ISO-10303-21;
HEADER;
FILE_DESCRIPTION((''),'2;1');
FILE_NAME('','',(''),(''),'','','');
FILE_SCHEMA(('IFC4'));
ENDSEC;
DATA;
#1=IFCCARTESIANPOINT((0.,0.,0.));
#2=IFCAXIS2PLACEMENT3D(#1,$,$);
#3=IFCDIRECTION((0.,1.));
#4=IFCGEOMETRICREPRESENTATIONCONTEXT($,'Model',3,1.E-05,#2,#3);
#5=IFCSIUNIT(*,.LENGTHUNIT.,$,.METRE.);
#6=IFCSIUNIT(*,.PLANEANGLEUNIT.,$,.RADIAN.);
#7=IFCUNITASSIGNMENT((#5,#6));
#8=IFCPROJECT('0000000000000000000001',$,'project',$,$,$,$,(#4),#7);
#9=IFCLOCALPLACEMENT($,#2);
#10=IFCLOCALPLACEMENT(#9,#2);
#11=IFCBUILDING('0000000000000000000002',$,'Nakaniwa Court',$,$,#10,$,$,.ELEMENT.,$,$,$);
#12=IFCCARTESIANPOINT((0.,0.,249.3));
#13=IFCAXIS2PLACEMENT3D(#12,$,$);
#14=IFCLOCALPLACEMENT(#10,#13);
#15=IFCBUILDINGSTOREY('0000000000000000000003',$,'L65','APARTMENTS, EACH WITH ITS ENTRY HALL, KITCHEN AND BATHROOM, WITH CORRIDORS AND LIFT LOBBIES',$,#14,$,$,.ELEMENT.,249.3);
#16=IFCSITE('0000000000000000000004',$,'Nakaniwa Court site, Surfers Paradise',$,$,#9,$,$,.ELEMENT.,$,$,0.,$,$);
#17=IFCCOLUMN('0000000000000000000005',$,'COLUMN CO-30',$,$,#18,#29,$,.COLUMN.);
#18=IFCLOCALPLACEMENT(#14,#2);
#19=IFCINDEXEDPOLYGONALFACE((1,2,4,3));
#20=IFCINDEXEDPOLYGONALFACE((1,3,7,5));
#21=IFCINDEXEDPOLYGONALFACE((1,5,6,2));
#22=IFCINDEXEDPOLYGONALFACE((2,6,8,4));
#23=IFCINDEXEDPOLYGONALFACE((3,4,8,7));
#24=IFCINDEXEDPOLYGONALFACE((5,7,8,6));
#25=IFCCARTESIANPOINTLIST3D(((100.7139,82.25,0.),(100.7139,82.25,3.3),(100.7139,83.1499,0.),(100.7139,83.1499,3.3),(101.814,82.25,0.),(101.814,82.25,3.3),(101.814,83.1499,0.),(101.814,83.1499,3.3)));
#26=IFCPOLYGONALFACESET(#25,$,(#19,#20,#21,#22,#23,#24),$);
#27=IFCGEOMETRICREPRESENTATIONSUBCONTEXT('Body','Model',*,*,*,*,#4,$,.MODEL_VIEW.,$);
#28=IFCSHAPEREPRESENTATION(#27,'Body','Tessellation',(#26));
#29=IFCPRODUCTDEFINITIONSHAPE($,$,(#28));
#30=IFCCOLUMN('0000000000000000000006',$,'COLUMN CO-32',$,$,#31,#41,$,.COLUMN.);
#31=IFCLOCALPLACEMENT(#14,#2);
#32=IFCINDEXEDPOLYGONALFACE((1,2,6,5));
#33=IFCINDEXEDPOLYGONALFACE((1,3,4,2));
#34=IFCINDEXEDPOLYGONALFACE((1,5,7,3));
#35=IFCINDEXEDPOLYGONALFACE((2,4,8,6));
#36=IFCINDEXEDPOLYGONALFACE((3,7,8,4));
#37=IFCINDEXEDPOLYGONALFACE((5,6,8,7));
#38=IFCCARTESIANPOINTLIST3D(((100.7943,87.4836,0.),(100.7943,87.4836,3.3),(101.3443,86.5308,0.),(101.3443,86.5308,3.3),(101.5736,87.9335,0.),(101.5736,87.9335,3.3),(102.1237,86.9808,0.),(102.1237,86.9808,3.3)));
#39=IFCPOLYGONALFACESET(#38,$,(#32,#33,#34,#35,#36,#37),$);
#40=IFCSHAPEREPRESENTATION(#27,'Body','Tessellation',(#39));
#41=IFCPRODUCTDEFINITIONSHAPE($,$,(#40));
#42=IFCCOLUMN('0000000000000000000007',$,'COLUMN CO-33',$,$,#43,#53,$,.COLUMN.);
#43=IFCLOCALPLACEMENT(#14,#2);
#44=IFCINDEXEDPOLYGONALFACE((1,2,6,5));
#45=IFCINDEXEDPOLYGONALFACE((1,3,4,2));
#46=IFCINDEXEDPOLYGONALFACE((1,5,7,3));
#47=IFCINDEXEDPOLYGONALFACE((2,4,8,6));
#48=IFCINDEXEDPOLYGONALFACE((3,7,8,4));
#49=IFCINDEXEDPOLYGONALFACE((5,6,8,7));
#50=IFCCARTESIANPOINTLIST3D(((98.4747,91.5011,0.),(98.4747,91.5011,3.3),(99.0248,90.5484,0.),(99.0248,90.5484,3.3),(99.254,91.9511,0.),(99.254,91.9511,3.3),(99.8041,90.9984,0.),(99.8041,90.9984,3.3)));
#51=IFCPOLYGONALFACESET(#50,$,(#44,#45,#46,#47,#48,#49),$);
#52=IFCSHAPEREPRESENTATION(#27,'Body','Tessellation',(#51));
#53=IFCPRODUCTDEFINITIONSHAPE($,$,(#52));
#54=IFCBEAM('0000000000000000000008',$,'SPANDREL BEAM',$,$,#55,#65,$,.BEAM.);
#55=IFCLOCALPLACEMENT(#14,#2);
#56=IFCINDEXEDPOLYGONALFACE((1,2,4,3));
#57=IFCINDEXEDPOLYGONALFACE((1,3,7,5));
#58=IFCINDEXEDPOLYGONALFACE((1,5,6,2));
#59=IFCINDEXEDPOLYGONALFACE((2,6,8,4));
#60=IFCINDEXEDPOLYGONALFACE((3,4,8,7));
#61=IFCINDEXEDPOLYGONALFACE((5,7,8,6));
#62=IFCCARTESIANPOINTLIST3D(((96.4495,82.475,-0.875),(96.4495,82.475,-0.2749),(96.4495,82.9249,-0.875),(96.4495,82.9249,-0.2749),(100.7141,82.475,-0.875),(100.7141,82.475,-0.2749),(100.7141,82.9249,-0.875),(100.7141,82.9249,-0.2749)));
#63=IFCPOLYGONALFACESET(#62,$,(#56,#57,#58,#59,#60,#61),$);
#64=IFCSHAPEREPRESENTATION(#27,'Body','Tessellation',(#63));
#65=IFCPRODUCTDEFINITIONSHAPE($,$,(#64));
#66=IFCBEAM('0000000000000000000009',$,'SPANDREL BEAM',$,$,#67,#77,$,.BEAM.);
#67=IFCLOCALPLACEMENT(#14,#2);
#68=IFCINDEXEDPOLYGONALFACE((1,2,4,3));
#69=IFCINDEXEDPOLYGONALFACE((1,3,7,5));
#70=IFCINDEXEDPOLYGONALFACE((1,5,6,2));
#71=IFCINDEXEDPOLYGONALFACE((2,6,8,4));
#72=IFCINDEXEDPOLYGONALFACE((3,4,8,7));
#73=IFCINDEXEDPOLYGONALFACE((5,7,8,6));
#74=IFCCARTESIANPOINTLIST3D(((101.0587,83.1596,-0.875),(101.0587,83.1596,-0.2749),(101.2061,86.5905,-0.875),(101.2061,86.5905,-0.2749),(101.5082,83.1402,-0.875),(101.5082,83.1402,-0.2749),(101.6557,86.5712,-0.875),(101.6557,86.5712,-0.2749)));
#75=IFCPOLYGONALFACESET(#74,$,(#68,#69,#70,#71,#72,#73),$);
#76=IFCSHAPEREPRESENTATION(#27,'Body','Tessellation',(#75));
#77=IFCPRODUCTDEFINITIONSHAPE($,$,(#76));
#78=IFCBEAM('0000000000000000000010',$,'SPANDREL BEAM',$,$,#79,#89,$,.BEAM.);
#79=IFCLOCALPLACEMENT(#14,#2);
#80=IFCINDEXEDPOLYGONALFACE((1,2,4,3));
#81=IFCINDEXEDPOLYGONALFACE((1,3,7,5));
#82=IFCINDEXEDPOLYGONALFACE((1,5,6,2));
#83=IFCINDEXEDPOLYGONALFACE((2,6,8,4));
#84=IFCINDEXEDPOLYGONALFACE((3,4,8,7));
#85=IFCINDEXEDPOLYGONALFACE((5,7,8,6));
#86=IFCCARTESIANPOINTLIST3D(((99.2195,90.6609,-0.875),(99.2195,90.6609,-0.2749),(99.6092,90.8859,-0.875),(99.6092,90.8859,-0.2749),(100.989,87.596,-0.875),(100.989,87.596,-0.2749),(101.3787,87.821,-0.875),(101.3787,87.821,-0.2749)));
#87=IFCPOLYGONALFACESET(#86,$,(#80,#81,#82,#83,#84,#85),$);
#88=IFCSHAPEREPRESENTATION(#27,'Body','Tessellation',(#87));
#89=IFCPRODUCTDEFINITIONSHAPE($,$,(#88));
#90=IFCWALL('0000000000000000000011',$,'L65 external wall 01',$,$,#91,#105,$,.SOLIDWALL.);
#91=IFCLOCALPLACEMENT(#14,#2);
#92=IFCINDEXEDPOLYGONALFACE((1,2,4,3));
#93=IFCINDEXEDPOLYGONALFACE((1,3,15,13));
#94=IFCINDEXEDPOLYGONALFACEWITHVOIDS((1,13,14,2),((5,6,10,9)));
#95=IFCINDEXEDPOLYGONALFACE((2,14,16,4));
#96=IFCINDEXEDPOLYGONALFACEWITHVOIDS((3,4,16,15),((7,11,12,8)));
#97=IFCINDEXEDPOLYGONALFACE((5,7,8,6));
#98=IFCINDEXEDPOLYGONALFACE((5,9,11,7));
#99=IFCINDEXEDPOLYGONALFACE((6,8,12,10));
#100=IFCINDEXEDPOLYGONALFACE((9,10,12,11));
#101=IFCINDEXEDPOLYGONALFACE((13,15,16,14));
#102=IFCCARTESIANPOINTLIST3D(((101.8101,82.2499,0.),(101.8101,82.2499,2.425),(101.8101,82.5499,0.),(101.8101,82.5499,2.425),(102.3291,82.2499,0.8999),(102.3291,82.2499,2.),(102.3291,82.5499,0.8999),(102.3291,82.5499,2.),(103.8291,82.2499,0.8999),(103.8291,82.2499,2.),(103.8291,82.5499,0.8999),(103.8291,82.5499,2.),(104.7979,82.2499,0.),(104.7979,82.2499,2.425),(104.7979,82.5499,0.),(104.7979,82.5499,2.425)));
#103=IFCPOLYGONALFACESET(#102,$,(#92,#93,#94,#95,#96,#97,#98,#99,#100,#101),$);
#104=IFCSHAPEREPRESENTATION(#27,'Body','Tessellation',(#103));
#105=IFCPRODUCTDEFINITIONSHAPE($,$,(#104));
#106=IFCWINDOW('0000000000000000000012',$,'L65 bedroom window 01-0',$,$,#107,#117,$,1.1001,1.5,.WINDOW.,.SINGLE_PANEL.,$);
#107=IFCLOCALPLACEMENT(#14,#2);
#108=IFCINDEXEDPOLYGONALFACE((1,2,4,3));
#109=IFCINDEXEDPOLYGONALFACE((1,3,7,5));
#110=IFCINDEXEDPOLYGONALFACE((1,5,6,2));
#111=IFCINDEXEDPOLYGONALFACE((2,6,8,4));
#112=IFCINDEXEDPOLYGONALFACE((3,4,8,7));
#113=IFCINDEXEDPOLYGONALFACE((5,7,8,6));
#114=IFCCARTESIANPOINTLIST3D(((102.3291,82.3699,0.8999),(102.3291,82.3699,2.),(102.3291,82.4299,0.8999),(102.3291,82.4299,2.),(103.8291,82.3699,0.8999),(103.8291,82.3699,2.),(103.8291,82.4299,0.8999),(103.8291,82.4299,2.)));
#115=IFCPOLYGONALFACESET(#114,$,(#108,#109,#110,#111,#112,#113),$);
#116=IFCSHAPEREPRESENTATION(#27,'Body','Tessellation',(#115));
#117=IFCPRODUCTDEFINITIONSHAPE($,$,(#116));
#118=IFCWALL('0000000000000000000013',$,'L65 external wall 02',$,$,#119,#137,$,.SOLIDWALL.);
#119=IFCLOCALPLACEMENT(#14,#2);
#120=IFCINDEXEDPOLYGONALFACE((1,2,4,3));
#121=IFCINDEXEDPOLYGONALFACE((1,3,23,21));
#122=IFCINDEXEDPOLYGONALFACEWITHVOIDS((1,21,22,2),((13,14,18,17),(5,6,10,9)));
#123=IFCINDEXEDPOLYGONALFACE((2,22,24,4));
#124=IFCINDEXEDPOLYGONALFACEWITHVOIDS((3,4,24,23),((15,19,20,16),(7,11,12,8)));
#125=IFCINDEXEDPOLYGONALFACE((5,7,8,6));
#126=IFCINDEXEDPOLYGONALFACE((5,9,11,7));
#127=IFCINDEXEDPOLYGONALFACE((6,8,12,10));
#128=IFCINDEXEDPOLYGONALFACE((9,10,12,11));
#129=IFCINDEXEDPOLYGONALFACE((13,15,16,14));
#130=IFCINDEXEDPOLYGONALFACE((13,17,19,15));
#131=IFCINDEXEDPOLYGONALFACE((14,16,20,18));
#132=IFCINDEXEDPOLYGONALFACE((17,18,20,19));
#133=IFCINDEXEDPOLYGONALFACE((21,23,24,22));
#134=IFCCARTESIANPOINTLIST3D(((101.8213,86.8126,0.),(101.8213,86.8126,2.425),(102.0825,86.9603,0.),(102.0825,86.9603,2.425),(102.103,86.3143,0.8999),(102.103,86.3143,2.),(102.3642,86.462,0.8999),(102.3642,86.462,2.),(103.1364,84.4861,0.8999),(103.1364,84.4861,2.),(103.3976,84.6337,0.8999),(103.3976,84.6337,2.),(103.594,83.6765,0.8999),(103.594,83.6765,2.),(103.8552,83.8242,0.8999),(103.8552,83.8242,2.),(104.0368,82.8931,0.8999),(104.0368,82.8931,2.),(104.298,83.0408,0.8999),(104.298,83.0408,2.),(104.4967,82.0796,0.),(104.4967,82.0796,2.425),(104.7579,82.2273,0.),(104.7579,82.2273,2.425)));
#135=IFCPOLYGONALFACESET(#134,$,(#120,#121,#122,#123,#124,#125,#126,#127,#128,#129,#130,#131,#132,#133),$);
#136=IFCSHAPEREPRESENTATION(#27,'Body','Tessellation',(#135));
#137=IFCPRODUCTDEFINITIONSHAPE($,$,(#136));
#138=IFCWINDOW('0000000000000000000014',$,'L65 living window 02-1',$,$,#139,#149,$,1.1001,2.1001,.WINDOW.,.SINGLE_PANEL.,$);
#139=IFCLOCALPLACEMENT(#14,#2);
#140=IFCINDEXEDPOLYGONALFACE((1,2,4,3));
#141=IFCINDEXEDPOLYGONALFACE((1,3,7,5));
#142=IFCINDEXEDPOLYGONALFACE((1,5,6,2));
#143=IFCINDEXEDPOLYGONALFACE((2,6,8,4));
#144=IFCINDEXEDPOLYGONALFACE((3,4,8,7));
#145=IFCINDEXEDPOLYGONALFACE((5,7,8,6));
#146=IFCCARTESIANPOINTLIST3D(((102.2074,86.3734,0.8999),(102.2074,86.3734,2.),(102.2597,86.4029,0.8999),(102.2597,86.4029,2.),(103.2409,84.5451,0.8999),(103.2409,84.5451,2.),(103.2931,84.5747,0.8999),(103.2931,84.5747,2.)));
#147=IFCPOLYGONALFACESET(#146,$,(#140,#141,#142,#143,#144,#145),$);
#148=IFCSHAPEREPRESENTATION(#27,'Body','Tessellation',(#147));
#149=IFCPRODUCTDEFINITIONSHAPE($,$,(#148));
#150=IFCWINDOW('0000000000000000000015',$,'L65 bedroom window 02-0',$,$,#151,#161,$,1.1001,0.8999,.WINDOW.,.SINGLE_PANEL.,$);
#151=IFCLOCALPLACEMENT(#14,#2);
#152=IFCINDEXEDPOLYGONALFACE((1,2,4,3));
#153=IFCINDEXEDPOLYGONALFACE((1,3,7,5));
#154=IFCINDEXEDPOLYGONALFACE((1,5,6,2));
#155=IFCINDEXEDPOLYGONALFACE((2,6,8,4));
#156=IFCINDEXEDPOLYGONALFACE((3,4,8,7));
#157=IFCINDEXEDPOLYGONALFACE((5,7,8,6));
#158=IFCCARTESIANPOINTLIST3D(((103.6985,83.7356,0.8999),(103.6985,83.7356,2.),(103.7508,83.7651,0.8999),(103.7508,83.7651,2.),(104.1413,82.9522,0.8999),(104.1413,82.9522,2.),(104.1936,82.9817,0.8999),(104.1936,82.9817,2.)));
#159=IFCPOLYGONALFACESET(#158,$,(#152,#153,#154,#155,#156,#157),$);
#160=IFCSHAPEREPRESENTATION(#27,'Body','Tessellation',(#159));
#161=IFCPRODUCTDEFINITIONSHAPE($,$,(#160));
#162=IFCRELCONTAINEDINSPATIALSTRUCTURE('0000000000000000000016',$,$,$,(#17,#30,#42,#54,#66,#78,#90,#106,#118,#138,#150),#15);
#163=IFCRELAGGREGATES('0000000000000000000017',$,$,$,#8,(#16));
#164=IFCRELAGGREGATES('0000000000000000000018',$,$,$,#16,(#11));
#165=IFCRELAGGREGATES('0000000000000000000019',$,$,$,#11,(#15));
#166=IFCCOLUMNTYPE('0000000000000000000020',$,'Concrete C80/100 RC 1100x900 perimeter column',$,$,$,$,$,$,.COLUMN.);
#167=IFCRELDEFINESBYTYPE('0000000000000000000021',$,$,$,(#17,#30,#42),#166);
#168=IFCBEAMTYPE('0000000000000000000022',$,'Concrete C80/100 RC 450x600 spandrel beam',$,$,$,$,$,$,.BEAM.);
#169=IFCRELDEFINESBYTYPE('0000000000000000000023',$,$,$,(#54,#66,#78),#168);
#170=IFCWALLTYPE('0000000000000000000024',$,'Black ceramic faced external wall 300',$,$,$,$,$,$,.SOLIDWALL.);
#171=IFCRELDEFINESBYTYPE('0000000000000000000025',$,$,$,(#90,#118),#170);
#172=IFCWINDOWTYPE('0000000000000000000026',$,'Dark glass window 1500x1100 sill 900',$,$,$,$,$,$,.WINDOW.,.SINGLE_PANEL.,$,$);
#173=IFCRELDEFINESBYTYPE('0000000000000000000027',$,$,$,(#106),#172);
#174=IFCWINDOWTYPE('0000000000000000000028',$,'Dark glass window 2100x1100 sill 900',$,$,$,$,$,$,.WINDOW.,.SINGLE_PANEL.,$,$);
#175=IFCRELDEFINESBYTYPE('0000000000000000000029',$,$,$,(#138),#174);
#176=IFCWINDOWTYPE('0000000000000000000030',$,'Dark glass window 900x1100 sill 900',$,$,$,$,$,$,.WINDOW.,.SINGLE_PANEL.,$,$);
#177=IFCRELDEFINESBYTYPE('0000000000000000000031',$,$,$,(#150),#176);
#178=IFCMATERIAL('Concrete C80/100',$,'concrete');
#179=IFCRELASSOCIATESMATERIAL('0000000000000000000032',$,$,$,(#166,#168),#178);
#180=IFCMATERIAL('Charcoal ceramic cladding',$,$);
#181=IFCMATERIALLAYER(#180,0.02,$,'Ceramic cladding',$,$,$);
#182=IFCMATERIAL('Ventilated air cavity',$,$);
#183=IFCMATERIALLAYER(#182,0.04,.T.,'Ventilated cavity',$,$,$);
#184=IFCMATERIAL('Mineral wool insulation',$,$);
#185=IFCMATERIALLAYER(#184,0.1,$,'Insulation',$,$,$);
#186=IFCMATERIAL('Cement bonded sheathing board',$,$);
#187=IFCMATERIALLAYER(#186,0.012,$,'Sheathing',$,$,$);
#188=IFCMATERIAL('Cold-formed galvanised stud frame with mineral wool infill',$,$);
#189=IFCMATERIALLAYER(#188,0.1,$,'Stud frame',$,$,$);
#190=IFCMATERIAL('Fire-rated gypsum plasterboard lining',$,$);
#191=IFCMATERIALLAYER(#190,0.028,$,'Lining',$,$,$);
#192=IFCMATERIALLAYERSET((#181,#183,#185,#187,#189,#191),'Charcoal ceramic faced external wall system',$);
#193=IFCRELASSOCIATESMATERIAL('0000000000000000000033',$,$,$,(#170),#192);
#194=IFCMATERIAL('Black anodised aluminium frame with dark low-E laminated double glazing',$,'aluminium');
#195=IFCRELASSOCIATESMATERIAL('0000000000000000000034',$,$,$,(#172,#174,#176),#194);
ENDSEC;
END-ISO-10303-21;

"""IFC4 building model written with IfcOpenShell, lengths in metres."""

from ifc_helpers import new_model, si_unit, direction, frame, frame_2d, origin, origin_2d, place, context, subcontext, project, spatial, rectangle, extrude, material, layer, layer_set, material_profile, profile_set, type_object, element, fill, save


model = new_model("IFC4")

# Units and contexts
model_context = context("Model", 3, precision=1e-05, world=origin(), true_north=direction((0.0, 1.0)))
body_context = subcontext(model_context, "Body", "Model", "MODEL_VIEW")
ifc_project = project(units=[si_unit("LENGTHUNIT", "METRE"), si_unit("PLANEANGLEUNIT", "RADIAN")], contexts=[model_context])

# Site, building, storey
site_placement = place(None, origin())
site = spatial("IfcSite", under=ifc_project, at=site_placement, Name="Nakaniwa Court site, Surfers Paradise", CompositionType="ELEMENT", RefElevation=0.0)
building_placement = place(site_placement, origin())
building = spatial("IfcBuilding", under=site, at=building_placement, Name="Nakaniwa Court", CompositionType="ELEMENT")
storey_placement = place(building_placement, frame((0.0, 0.0, 249.3)))
storey = spatial("IfcBuildingStorey", under=building, at=storey_placement, Name="L65", Description="APARTMENTS, EACH WITH ITS ENTRY HALL, KITCHEN AND BATHROOM, WITH CORRIDORS AND LIFT LOBBIES", CompositionType="ELEMENT", Elevation=249.3)

# Columns
ifc_material_1 = material(Name="Concrete C80/100", Category="concrete")
ifc_material_profile_1 = material_profile(ifc_material_1, rectangle(XDim=1.1001, YDim=0.8999, at=origin_2d()), Name="Concrete C80/100 RC 1100x900 perimeter column")
ifc_profile_set_1 = profile_set([ifc_material_profile_1], Name="Concrete C80/100")
column_type = type_object("IfcColumnType", Name="Concrete C80/100 RC 1100x900 perimeter column", PredefinedType="COLUMN", material=ifc_profile_set_1)
for number, where, z_axis, x_axis, name in (
    (1, (101.2639, 82.7, 0.0), (0.0, 0.0, 1.0), (1.0, 0.0, 0.0), "COLUMN CO-30"),
    (2, (101.459, 87.2322, 0.0), (0.0, 0.0, 1.0), (-0.5, 0.866025, 0.0), "COLUMN CO-32"),
    (3, (99.1394, 91.2498, 0.0), (0.0, 0.0, 1.0), (-0.5, 0.866025, 0.0), "COLUMN CO-33"),
):
    element("IfcColumn", number, at=place(storey_placement, frame(where, z_axis=z_axis, x_axis=x_axis)), inside=storey, type_object=column_type, Name=name, PredefinedType="COLUMN", context=body_context, shape_type="SweptSolid", body=[
        extrude(rectangle(XDim=1.1001, YDim=0.8999, at=origin_2d()), origin(), (0.0, 0.0, 1.0), 3.3),
    ])

# Beams
ifc_material_profile_2 = material_profile(ifc_material_1, rectangle(XDim=0.45, YDim=0.6001, at=origin_2d()), Name="Concrete C80/100 RC 450x600 spandrel beam")
ifc_profile_set_2 = profile_set([ifc_material_profile_2], Name="Concrete C80/100")
beam_type = type_object("IfcBeamType", Name="Concrete C80/100 RC 450x600 spandrel beam", PredefinedType="BEAM", material=ifc_profile_set_2)
beam_1_placement = place(storey_placement, frame((96.4495, 82.7, -0.575), z_axis=(1.0, 0.0, 0.0), x_axis=(0.0, 1.0, 0.0)))
element("IfcBeam", 4, at=beam_1_placement, inside=storey, type_object=beam_type, Name="SPANDREL BEAM", PredefinedType="BEAM", context=body_context, shape_type="SweptSolid", body=[
    extrude(rectangle(XDim=0.45, YDim=0.6001, at=origin_2d()), origin(), (0.0, 0.0, 1.0), 4.2646),
])
beam_2_placement = place(storey_placement, frame((101.2834, 83.1499, -0.575), z_axis=(0.042941, 0.999078, 0.0), x_axis=(-0.999078, 0.042941, 0.0)))
element("IfcBeam", 5, at=beam_2_placement, inside=storey, type_object=beam_type, Name="SPANDREL BEAM", PredefinedType="BEAM", context=body_context, shape_type="SweptSolid", body=[
    extrude(rectangle(XDim=0.45, YDim=0.6001, at=origin_2d()), origin(), (0.0, 0.0, 1.0), 3.4341),
])
beam_3_placement = place(storey_placement, frame((101.1838, 87.7085, -0.575), z_axis=(-0.499997, 0.866027, 0.0), x_axis=(-0.866027, -0.499997, 0.0)))
element("IfcBeam", 6, at=beam_3_placement, inside=storey, type_object=beam_type, Name="SPANDREL BEAM", PredefinedType="BEAM", context=body_context, shape_type="SweptSolid", body=[
    extrude(rectangle(XDim=0.45, YDim=0.6001, at=origin_2d()), origin(), (0.0, 0.0, 1.0), 3.5391),
])

# Wall, opening, window
ifc_material_2 = material(Name="Charcoal ceramic cladding")
ifc_layer_1 = layer(ifc_material_2, 0.02, Name="Ceramic cladding")
ifc_material_3 = material(Name="Ventilated air cavity")
ifc_layer_2 = layer(ifc_material_3, 0.04, ventilated=True, Name="Ventilated cavity")
ifc_material_4 = material(Name="Mineral wool insulation")
ifc_layer_3 = layer(ifc_material_4, 0.1, Name="Insulation")
ifc_material_5 = material(Name="Cement bonded sheathing board")
ifc_layer_4 = layer(ifc_material_5, 0.012, Name="Sheathing")
ifc_material_6 = material(Name="Cold-formed galvanised stud frame with mineral wool infill")
ifc_layer_5 = layer(ifc_material_6, 0.1, Name="Stud frame")
ifc_material_7 = material(Name="Fire-rated gypsum plasterboard lining")
ifc_layer_6 = layer(ifc_material_7, 0.028, Name="Lining")
ifc_layer_set = layer_set([ifc_layer_1, ifc_layer_2, ifc_layer_3, ifc_layer_4, ifc_layer_5, ifc_layer_6], Name="Charcoal ceramic faced external wall system")
wall_type = type_object("IfcWallType", Name="Black ceramic faced external wall 300", PredefinedType="SOLIDWALL", material=ifc_layer_set)
wall_1_placement = place(storey_placement, frame((101.8101, 82.3999, 0.0), z_axis=(0.0, 0.0, 1.0), x_axis=(1.0, 0.0, 0.0)))
wall_1 = element("IfcWall", 7, at=wall_1_placement, inside=storey, type_object=wall_type, Name="L65 external wall 01", PredefinedType="SOLIDWALL", context=body_context, shape_type="SweptSolid", body=[
    extrude(rectangle(XDim=2.9878, YDim=0.3, at=frame_2d((1.4939, 0.0))), origin(), (0.0, 0.0, 1.0), 2.425),
])
opening_1_placement = place(wall_1_placement, frame((0.519, 0.0, 0.8999)))
opening_1 = element("IfcOpeningElement", 8, at=opening_1_placement, cuts=wall_1, PredefinedType="OPENING", context=body_context, shape_type="SweptSolid", body=[
    extrude(rectangle(XDim=1.5, YDim=1.1001, at=frame_2d((0.75, 0.55))), frame((0.0, 0.1599, 0.0), z_axis=(0.0, -1.0, 0.0), x_axis=(1.0, 0.0, 0.0)), (0.0, 0.0, 1.0), 0.3201),
])
ifc_material_8 = material(Name="Black anodised aluminium frame with dark low-E laminated double glazing", Category="aluminium")
window_type_1 = type_object("IfcWindowType", Name="Dark glass window 1500x1100 sill 900", PartitioningType="SINGLE_PANEL", PredefinedType="WINDOW", material=ifc_material_8)
window_1_placement = place(opening_1_placement, origin())
window_1 = element("IfcWindow", 9, at=window_1_placement, inside=storey, type_object=window_type_1, Name="L65 bedroom window 01-0", OverallHeight=1.1001, OverallWidth=1.5, PartitioningType="SINGLE_PANEL", PredefinedType="WINDOW", context=body_context, shape_type="SweptSolid", body=[
    extrude(rectangle(XDim=1.5, YDim=1.1001, at=frame_2d((0.75, 0.55))), frame((0.0, 0.03, 0.0), z_axis=(0.0, -1.0, 0.0), x_axis=(1.0, 0.0, 0.0)), (0.0, 0.0, 1.0), 0.0601),
])
fill(opening_1, window_1)

# Wall, openings, windows
wall_2_placement = place(storey_placement, frame((104.6272, 82.1536, 0.0), z_axis=(0.0, 0.0, 1.0), x_axis=(-0.492081, 0.870549, 0.0)))
wall_2 = element("IfcWall", 10, at=wall_2_placement, inside=storey, type_object=wall_type, Name="L65 external wall 02", PredefinedType="SOLIDWALL", context=body_context, shape_type="SweptSolid", body=[
    extrude(rectangle(XDim=5.4368, YDim=0.3, at=frame_2d((2.7183, 0.0))), origin(), (0.0, 0.0, 1.0), 2.425),
])
opening_2_placement = place(wall_2_placement, frame((0.9343, 0.0, 0.8999)))
opening_2 = element("IfcOpeningElement", 11, at=opening_2_placement, cuts=wall_2, PredefinedType="OPENING", context=body_context, shape_type="SweptSolid", body=[
    extrude(rectangle(XDim=0.8999, YDim=1.1001, at=frame_2d((0.45, 0.55))), frame((0.0, 0.1599, 0.0), z_axis=(0.0, -1.0, 0.0), x_axis=(1.0, 0.0, 0.0)), (0.0, 0.0, 1.0), 0.3201),
])
opening_3_placement = place(wall_2_placement, frame((2.7642, 0.0, 0.8999)))
opening_3 = element("IfcOpeningElement", 12, at=opening_3_placement, cuts=wall_2, PredefinedType="OPENING", context=body_context, shape_type="SweptSolid", body=[
    extrude(rectangle(XDim=2.1001, YDim=1.1001, at=frame_2d((1.05, 0.55))), frame((0.0, 0.1599, 0.0), z_axis=(0.0, -1.0, 0.0), x_axis=(1.0, 0.0, 0.0)), (0.0, 0.0, 1.0), 0.3201),
])
window_type_2 = type_object("IfcWindowType", Name="Dark glass window 2100x1100 sill 900", PartitioningType="SINGLE_PANEL", PredefinedType="WINDOW", material=ifc_material_8)
window_2_placement = place(opening_3_placement, origin())
window_2 = element("IfcWindow", 13, at=window_2_placement, inside=storey, type_object=window_type_2, Name="L65 living window 02-1", OverallHeight=1.1001, OverallWidth=2.1001, PartitioningType="SINGLE_PANEL", PredefinedType="WINDOW", context=body_context, shape_type="SweptSolid", body=[
    extrude(rectangle(XDim=2.1001, YDim=1.1001, at=frame_2d((1.05, 0.55))), frame((0.0, 0.03, 0.0), z_axis=(0.0, -1.0, 0.0), x_axis=(1.0, 0.0, 0.0)), (0.0, 0.0, 1.0), 0.0601),
])
fill(opening_3, window_2)
window_type_3 = type_object("IfcWindowType", Name="Dark glass window 900x1100 sill 900", PartitioningType="SINGLE_PANEL", PredefinedType="WINDOW", material=ifc_material_8)
window_3_placement = place(opening_2_placement, origin())
window_3 = element("IfcWindow", 14, at=window_3_placement, inside=storey, type_object=window_type_3, Name="L65 bedroom window 02-0", OverallHeight=1.1001, OverallWidth=0.8999, PartitioningType="SINGLE_PANEL", PredefinedType="WINDOW", context=body_context, shape_type="SweptSolid", body=[
    extrude(rectangle(XDim=0.8999, YDim=1.1001, at=frame_2d((0.45, 0.55))), frame((0.0, 0.03, 0.0), z_axis=(0.0, -1.0, 0.0), x_axis=(1.0, 0.0, 0.0)), (0.0, 0.0, 1.0), 0.0601),
])
fill(opening_2, window_3)

save(model, "model.ifc")
